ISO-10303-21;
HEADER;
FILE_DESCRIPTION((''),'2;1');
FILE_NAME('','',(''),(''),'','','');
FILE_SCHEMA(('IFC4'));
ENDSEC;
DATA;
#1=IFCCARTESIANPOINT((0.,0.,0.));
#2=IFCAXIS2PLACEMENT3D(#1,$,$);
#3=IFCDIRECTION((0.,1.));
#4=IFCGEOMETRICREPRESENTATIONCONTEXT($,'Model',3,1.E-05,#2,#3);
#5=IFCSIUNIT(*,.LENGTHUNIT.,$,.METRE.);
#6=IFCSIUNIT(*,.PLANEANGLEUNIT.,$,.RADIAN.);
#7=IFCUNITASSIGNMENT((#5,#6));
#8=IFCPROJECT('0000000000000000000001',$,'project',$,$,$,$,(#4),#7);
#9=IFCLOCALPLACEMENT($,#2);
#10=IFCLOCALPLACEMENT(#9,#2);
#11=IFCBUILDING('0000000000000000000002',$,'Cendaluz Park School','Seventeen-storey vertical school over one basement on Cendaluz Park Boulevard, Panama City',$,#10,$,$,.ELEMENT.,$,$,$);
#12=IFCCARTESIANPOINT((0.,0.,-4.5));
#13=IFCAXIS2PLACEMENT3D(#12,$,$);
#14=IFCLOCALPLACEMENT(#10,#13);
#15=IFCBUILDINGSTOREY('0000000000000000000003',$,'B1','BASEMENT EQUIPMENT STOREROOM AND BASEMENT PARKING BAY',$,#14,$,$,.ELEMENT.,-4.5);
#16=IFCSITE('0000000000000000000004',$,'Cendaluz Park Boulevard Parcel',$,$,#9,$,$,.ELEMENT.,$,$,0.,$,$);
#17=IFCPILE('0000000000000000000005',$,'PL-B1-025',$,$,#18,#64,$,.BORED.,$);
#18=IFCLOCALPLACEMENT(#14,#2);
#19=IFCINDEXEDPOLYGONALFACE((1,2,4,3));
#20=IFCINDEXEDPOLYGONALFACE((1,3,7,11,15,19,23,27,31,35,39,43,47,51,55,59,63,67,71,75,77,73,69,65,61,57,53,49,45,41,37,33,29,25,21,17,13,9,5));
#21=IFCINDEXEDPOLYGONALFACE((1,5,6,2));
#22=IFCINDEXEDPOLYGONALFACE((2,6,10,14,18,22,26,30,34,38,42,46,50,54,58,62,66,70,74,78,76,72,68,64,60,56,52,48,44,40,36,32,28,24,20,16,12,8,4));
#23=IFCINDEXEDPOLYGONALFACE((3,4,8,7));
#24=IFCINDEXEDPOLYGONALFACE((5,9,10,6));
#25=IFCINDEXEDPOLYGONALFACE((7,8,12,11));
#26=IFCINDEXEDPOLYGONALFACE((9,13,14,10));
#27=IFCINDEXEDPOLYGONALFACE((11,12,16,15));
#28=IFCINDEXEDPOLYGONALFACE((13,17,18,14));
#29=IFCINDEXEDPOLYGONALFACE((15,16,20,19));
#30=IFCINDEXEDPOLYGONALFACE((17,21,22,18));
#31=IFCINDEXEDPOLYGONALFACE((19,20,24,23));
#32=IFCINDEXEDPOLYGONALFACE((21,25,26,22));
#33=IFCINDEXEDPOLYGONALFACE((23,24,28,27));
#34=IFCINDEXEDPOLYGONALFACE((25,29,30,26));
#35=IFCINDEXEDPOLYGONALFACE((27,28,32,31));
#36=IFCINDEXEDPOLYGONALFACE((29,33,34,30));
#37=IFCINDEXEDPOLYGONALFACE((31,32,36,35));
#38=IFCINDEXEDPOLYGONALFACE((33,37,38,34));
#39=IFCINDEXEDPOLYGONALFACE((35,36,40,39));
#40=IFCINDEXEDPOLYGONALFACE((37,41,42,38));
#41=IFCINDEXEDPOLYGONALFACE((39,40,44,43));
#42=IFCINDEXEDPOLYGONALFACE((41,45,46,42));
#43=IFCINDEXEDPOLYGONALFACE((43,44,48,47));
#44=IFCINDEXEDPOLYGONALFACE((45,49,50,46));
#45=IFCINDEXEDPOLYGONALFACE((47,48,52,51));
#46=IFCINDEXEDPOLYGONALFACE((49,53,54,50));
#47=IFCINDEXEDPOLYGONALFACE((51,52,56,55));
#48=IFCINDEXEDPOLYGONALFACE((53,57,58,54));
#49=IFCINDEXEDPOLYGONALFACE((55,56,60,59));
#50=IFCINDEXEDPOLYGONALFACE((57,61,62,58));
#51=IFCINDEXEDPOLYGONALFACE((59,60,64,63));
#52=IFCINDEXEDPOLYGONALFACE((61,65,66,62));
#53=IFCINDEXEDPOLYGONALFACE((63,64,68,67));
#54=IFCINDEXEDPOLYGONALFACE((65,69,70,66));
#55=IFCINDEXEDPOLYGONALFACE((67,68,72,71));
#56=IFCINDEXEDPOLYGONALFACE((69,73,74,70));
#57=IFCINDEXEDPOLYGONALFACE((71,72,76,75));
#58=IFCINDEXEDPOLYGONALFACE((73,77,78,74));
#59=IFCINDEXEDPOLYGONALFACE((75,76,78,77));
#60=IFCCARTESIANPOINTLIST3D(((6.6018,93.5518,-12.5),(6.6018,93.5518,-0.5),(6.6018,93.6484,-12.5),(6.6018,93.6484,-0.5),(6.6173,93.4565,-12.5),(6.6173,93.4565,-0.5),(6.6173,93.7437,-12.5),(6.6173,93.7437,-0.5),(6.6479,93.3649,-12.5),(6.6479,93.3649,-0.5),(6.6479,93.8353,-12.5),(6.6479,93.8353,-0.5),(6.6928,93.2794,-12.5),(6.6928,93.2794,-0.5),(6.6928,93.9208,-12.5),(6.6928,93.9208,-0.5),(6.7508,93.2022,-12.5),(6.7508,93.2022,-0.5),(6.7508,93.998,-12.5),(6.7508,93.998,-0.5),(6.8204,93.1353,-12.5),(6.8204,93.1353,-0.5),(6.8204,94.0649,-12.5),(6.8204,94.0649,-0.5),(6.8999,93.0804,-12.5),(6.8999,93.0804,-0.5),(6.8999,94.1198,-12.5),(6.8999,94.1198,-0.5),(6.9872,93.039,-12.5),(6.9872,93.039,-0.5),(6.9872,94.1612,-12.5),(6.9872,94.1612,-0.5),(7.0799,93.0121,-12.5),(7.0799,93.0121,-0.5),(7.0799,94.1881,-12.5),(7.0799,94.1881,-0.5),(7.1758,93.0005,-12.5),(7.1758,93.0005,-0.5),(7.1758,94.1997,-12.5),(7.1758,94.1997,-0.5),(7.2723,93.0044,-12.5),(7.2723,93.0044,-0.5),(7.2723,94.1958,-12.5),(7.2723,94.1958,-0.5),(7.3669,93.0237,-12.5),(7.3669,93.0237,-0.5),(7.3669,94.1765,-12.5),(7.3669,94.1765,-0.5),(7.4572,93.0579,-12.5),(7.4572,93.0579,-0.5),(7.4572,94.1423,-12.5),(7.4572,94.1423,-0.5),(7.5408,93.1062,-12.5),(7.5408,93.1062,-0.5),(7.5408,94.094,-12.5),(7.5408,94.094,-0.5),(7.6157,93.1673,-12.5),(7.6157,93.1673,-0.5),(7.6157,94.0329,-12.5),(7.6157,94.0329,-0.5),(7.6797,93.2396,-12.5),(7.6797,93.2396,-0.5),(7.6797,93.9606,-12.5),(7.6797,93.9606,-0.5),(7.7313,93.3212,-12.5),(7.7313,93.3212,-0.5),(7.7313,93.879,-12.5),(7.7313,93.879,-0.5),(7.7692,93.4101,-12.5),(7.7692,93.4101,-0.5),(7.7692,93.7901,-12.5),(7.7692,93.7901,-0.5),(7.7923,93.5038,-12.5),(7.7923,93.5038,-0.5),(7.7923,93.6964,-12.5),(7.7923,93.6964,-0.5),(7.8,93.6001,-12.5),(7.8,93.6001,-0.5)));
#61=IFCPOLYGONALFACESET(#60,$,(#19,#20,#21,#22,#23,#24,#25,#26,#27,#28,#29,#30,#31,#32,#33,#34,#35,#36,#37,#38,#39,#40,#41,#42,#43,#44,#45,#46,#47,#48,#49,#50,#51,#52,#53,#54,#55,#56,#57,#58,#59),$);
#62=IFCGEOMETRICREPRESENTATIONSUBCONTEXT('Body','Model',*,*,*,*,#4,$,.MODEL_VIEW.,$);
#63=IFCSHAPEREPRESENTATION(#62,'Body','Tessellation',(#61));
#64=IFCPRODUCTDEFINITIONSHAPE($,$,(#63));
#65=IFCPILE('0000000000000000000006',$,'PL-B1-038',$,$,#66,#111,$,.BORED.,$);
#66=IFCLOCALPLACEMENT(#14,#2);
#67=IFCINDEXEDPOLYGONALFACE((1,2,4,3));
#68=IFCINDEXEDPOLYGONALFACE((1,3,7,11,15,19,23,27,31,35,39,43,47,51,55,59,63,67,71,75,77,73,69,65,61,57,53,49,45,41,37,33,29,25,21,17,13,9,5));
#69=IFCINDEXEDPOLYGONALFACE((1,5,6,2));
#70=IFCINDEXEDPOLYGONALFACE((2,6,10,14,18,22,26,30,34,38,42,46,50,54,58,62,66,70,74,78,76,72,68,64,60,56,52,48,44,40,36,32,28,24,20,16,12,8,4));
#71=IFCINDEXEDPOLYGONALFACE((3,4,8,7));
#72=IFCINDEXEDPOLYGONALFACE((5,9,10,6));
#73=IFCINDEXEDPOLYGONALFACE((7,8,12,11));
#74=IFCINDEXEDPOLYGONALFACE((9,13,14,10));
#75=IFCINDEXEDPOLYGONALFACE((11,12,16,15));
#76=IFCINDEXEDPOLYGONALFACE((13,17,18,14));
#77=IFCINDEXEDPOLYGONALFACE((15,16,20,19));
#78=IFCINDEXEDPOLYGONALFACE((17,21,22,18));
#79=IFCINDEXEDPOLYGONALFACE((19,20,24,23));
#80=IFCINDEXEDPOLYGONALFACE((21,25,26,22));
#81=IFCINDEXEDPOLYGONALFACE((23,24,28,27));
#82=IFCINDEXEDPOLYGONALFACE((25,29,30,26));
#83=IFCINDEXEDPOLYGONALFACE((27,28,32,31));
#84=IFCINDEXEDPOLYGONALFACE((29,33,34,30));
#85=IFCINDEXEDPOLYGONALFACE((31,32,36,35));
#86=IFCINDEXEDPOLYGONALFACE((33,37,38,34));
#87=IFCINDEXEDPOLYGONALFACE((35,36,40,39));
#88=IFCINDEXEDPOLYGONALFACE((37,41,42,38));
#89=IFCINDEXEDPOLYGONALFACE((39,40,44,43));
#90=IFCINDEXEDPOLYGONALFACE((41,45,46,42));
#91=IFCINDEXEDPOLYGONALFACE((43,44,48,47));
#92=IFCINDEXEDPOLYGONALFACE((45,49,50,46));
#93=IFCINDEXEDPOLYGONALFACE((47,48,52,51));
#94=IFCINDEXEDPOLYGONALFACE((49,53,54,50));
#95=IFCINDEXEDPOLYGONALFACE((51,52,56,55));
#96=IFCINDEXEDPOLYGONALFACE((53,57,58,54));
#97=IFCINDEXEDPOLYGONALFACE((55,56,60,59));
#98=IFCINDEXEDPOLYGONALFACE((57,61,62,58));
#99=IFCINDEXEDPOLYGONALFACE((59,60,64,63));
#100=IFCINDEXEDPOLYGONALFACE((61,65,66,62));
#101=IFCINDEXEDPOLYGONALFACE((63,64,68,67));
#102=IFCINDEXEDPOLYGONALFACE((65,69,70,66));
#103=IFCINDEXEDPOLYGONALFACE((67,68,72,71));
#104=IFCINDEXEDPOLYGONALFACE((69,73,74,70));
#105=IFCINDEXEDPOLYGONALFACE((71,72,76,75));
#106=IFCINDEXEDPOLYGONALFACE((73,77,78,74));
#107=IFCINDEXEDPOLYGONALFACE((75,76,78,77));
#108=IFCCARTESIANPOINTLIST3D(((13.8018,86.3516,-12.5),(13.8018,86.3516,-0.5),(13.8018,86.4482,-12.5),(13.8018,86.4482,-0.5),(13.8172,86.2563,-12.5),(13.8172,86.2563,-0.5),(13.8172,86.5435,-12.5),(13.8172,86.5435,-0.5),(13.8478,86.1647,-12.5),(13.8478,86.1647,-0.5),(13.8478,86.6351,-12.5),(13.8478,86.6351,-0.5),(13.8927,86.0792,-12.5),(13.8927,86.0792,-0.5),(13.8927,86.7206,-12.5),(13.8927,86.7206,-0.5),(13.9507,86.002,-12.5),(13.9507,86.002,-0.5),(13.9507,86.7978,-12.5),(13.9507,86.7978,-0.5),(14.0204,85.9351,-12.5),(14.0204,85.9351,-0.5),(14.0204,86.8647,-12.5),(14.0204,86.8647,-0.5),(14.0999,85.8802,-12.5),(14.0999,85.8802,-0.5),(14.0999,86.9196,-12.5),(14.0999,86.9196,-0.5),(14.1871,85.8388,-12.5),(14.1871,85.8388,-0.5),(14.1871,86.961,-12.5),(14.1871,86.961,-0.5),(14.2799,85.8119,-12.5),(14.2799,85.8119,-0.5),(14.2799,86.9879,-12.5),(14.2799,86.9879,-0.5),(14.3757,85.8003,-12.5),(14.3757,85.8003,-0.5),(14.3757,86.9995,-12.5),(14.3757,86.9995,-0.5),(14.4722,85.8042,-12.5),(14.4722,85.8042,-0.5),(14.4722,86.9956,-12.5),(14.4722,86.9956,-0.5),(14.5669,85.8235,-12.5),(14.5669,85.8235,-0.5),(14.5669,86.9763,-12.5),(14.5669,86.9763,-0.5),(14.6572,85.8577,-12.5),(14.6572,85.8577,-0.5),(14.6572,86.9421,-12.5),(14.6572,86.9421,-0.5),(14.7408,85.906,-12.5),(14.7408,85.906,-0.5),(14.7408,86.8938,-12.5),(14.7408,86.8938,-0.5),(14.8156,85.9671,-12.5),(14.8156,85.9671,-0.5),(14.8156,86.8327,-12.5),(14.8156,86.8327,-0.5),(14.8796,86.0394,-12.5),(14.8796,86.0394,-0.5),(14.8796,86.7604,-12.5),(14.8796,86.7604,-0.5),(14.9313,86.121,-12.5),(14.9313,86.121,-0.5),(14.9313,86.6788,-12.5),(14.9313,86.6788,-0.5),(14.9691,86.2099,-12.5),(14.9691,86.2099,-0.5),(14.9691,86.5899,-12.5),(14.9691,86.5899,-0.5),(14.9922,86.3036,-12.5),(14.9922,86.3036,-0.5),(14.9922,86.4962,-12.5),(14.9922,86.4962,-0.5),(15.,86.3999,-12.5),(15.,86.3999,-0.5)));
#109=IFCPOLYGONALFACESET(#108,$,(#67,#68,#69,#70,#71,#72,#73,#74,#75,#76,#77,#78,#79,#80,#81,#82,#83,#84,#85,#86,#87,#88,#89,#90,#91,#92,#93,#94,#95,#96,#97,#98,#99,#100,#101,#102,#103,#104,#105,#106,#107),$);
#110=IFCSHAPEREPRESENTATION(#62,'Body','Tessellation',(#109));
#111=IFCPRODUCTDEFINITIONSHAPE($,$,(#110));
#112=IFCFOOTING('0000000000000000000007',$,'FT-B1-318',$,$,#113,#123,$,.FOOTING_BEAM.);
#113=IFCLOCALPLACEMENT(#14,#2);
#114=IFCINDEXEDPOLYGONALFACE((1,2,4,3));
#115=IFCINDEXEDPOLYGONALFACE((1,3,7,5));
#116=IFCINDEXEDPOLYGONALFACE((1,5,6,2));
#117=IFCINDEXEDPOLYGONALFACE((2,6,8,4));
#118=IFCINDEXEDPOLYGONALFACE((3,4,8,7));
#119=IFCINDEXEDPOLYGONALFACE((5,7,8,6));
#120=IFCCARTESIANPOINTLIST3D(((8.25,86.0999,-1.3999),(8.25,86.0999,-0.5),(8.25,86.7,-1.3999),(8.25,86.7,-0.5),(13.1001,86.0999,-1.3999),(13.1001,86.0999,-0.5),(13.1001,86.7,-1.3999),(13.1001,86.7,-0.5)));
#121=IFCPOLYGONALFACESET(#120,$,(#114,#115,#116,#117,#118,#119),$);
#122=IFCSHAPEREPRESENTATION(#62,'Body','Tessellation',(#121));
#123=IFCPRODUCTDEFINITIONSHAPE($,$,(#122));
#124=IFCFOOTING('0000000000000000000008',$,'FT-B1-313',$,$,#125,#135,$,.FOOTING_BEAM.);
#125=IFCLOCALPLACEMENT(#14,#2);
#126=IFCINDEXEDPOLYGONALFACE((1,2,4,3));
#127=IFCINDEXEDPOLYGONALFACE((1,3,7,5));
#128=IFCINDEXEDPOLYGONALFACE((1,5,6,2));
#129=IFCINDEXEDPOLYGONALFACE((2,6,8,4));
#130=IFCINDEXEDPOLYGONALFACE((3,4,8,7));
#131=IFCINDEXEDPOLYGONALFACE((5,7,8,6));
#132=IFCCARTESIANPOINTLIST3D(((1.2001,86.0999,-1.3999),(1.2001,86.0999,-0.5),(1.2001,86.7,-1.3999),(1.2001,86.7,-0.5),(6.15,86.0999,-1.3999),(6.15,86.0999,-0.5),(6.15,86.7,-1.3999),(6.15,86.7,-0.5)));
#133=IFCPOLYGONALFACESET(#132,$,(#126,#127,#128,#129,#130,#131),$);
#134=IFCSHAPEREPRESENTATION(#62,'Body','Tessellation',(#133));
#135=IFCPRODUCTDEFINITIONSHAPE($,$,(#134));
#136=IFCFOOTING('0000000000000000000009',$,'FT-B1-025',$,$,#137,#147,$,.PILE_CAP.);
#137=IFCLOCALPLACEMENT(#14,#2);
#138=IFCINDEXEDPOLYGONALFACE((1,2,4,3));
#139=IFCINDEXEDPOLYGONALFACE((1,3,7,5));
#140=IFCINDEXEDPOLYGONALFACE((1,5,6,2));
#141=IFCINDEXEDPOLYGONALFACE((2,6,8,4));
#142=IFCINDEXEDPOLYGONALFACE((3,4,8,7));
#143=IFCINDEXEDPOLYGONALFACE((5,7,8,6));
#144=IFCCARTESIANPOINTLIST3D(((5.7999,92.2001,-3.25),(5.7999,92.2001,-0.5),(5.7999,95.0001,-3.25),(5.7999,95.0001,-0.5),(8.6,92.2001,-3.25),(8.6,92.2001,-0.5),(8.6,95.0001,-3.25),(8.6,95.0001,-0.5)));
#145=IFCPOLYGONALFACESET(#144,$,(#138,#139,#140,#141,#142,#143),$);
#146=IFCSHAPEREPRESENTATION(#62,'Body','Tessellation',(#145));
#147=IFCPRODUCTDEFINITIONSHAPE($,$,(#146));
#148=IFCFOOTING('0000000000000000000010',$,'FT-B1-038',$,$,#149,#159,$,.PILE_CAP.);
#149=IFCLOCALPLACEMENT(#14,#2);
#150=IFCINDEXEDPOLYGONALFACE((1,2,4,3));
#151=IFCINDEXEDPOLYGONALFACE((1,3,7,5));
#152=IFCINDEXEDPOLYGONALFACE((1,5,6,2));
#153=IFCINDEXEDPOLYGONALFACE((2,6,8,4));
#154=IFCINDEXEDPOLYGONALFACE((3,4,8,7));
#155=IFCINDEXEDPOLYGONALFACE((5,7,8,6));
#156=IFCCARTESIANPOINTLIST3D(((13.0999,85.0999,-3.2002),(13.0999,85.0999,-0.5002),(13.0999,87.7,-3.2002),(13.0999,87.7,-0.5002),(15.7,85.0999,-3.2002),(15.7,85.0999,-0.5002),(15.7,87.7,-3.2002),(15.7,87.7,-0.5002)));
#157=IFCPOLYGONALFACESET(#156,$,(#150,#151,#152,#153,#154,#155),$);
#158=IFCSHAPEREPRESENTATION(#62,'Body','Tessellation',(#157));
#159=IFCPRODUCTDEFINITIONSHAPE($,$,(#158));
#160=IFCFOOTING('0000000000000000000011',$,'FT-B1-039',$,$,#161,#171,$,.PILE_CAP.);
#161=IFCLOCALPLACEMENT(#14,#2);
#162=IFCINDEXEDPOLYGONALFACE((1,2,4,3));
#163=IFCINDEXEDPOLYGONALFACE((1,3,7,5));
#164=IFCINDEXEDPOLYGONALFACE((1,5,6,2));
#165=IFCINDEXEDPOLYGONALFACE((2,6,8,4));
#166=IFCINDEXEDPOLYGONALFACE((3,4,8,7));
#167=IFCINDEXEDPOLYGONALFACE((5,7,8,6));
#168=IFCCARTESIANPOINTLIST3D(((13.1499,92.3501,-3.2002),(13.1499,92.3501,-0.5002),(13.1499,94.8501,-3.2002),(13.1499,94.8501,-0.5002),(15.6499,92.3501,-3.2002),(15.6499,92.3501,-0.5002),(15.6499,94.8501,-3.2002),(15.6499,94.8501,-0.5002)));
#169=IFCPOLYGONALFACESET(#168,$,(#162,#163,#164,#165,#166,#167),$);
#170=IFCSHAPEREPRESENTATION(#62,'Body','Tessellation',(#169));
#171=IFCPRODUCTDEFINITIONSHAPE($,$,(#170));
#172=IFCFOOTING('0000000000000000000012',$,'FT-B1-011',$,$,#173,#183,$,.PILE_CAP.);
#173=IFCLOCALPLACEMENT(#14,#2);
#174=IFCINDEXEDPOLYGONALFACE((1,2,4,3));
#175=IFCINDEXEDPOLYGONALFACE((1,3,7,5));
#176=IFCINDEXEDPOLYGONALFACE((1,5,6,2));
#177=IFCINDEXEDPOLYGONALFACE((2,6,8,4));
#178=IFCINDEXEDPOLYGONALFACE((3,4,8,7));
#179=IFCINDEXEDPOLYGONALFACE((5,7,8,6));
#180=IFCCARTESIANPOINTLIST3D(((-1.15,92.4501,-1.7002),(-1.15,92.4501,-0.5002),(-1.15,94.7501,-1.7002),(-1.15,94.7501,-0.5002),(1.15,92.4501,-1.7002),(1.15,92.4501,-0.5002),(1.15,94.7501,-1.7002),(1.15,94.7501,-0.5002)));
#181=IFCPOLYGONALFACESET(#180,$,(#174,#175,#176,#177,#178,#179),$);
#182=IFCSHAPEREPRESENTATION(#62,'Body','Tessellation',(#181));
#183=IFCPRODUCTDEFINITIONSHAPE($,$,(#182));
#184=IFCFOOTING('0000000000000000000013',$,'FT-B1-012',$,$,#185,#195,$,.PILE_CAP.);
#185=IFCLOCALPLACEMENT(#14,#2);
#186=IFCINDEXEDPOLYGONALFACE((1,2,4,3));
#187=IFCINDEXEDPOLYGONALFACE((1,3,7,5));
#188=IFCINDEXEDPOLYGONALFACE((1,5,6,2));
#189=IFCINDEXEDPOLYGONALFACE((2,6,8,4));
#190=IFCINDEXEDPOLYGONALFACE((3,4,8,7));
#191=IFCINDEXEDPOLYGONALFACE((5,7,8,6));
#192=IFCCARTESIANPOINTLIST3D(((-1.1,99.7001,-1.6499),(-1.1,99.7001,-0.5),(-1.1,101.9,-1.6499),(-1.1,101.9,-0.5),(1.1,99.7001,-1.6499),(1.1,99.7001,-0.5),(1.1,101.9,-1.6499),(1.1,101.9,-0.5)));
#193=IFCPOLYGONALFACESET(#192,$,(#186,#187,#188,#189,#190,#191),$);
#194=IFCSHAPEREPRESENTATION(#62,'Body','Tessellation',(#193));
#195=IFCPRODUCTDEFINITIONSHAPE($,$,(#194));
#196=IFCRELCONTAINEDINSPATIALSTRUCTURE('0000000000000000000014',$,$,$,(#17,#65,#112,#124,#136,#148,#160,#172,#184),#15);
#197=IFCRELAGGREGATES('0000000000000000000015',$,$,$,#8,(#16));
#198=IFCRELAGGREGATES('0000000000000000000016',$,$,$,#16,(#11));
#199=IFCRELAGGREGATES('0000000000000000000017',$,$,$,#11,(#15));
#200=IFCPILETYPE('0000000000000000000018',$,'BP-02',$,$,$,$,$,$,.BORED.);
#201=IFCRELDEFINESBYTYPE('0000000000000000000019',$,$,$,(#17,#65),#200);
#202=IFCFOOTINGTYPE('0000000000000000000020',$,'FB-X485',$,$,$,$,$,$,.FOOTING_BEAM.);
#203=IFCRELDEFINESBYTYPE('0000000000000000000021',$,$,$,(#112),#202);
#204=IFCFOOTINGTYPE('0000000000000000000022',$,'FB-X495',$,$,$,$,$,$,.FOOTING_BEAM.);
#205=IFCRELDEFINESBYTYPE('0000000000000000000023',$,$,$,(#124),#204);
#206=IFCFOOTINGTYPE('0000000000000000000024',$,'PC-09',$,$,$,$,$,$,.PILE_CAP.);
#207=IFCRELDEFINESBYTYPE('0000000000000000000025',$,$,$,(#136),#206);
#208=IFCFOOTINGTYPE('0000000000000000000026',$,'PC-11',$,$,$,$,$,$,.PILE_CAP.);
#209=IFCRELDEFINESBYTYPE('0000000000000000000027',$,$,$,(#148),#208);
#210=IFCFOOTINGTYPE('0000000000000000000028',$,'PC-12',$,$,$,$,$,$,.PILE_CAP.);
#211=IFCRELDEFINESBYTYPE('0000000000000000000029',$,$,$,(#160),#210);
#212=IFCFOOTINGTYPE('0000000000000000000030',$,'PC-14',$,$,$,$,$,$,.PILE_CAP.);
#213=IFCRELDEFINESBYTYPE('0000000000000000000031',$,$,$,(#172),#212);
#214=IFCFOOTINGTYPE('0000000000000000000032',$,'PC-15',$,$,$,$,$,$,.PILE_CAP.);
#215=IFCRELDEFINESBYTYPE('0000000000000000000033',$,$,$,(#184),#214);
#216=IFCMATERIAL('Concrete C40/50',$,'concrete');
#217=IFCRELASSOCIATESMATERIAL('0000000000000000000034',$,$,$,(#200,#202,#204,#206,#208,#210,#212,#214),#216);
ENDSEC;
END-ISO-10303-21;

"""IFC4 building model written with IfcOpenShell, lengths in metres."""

from ifc_helpers import new_model, si_unit, direction, frame, origin, origin_2d, place, context, subcontext, project, spatial, rectangle, circle, extrude, material, material_profile, profile_set, type_object, element, save


model = new_model("IFC4")

# Units and contexts
model_context = context("Model", 3, precision=1e-05, world=origin(), true_north=direction((0.0, 1.0)))
body_context = subcontext(model_context, "Body", "Model", "MODEL_VIEW")
ifc_project = project(units=[si_unit("LENGTHUNIT", "METRE"), si_unit("PLANEANGLEUNIT", "RADIAN")], contexts=[model_context])

# Site, building, storey
site_placement = place(None, origin())
site = spatial("IfcSite", under=ifc_project, at=site_placement, Name="Cendaluz Park Boulevard Parcel", CompositionType="ELEMENT", RefElevation=0.0)
building_placement = place(site_placement, origin())
building = spatial("IfcBuilding", under=site, at=building_placement, Name="Cendaluz Park School", Description="Seventeen-storey vertical school over one basement on Cendaluz Park Boulevard, Panama City", CompositionType="ELEMENT")
storey_placement = place(building_placement, frame((0.0, 0.0, -4.5)))
storey = spatial("IfcBuildingStorey", under=building, at=storey_placement, Name="B1", Description="BASEMENT EQUIPMENT STOREROOM AND BASEMENT PARKING BAY", CompositionType="ELEMENT", Elevation=-4.5)

# Piles
ifc_material_1 = material(Name="Concrete C40/50", Category="concrete")
ifc_material_profile_1 = material_profile(ifc_material_1, circle(Radius=0.6001, at=origin_2d()), Name="BP D1200", Category="concrete")
ifc_profile_set_1 = profile_set([ifc_material_profile_1], Name="Concrete C40/50")
pile_type_1 = type_object("IfcPileType", Name="BP-02", PredefinedType="BORED", material=ifc_profile_set_1)
for number, where, z_axis, x_axis, name in (
    (1, (7.2, 93.6001, -0.5), (0.0, 0.0, -1.0), (1.0, 0.0, 0.0), "PL-B1-025"),
    (2, (14.3999, 86.3999, -0.5), (0.0, 0.0, -1.0), (1.0, 0.0, 0.0), "PL-B1-038"),
):
    element("IfcPile", number, at=place(storey_placement, frame(where, z_axis=z_axis, x_axis=x_axis)), inside=storey, type_object=pile_type_1, Name=name, PredefinedType="BORED", context=body_context, shape_type="SweptSolid", body=[
        extrude(circle(Radius=0.6001, at=origin_2d()), origin(), (0.0, 0.0, 1.0), 12.0),
    ])

# Footings
footing_type_1 = type_object("IfcFootingType", Name="FB-X485", PredefinedType="FOOTING_BEAM", material=ifc_material_1)
footing_1_placement = place(storey_placement, frame((10.675, 86.3999, -1.3999), z_axis=(0.0, 0.0, 1.0), x_axis=(1.0, 0.0, 0.0)))
element("IfcFooting", 3, at=footing_1_placement, inside=storey, type_object=footing_type_1, Name="FT-B1-318", PredefinedType="FOOTING_BEAM", context=body_context, shape_type="SweptSolid", body=[
    extrude(rectangle(XDim=4.8501, YDim=0.6001, at=origin_2d()), origin(), (0.0, 0.0, 1.0), 0.8999),
])
footing_type_2 = type_object("IfcFootingType", Name="FB-X495", PredefinedType="FOOTING_BEAM", material=ifc_material_1)
footing_2_placement = place(storey_placement, frame((3.675, 86.3999, -1.3999), z_axis=(0.0, 0.0, 1.0), x_axis=(1.0, 0.0, 0.0)))
element("IfcFooting", 4, at=footing_2_placement, inside=storey, type_object=footing_type_2, Name="FT-B1-313", PredefinedType="FOOTING_BEAM", context=body_context, shape_type="SweptSolid", body=[
    extrude(rectangle(XDim=4.95, YDim=0.6001, at=origin_2d()), origin(), (0.0, 0.0, 1.0), 0.8999),
])
footing_type_3 = type_object("IfcFootingType", Name="PC-09", PredefinedType="PILE_CAP", material=ifc_material_1)
footing_3_placement = place(storey_placement, frame((7.2, 93.6001, -3.25), z_axis=(0.0, 0.0, 1.0), x_axis=(1.0, 0.0, 0.0)))
element("IfcFooting", 5, at=footing_3_placement, inside=storey, type_object=footing_type_3, Name="FT-B1-025", PredefinedType="PILE_CAP", context=body_context, shape_type="SweptSolid", body=[
    extrude(rectangle(XDim=2.8, YDim=2.8, at=origin_2d()), origin(), (0.0, 0.0, 1.0), 2.75),
])
footing_type_4 = type_object("IfcFootingType", Name="PC-11", PredefinedType="PILE_CAP", material=ifc_material_1)
footing_4_placement = place(storey_placement, frame((14.3999, 86.3999, -3.2002), z_axis=(0.0, 0.0, 1.0), x_axis=(1.0, 0.0, 0.0)))
element("IfcFooting", 6, at=footing_4_placement, inside=storey, type_object=footing_type_4, Name="FT-B1-038", PredefinedType="PILE_CAP", context=body_context, shape_type="SweptSolid", body=[
    extrude(rectangle(XDim=2.6001, YDim=2.6001, at=origin_2d()), origin(), (0.0, 0.0, 1.0), 2.7),
])
footing_type_5 = type_object("IfcFootingType", Name="PC-12", PredefinedType="PILE_CAP", material=ifc_material_1)
footing_5_placement = place(storey_placement, frame((14.3999, 93.6001, -3.2002), z_axis=(0.0, 0.0, 1.0), x_axis=(1.0, 0.0, 0.0)))
element("IfcFooting", 7, at=footing_5_placement, inside=storey, type_object=footing_type_5, Name="FT-B1-039", PredefinedType="PILE_CAP", context=body_context, shape_type="SweptSolid", body=[
    extrude(rectangle(XDim=2.5, YDim=2.5, at=origin_2d()), origin(), (0.0, 0.0, 1.0), 2.7),
])
footing_type_6 = type_object("IfcFootingType", Name="PC-14", PredefinedType="PILE_CAP", material=ifc_material_1)
footing_6_placement = place(storey_placement, frame((0.0, 93.6001, -1.7002), z_axis=(0.0, 0.0, 1.0), x_axis=(1.0, 0.0, 0.0)))
element("IfcFooting", 8, at=footing_6_placement, inside=storey, type_object=footing_type_6, Name="FT-B1-011", PredefinedType="PILE_CAP", context=body_context, shape_type="SweptSolid", body=[
    extrude(rectangle(XDim=2.3, YDim=2.3, at=origin_2d()), origin(), (0.0, 0.0, 1.0), 1.2),
])
footing_type_7 = type_object("IfcFootingType", Name="PC-15", PredefinedType="PILE_CAP", material=ifc_material_1)
footing_7_placement = place(storey_placement, frame((0.0, 100.8, -1.6499), z_axis=(0.0, 0.0, 1.0), x_axis=(1.0, 0.0, 0.0)))
element("IfcFooting", 9, at=footing_7_placement, inside=storey, type_object=footing_type_7, Name="FT-B1-012", PredefinedType="PILE_CAP", context=body_context, shape_type="SweptSolid", body=[
    extrude(rectangle(XDim=2.2, YDim=2.2, at=origin_2d()), origin(), (0.0, 0.0, 1.0), 1.1499),
])

save(model, "model.ifc")
